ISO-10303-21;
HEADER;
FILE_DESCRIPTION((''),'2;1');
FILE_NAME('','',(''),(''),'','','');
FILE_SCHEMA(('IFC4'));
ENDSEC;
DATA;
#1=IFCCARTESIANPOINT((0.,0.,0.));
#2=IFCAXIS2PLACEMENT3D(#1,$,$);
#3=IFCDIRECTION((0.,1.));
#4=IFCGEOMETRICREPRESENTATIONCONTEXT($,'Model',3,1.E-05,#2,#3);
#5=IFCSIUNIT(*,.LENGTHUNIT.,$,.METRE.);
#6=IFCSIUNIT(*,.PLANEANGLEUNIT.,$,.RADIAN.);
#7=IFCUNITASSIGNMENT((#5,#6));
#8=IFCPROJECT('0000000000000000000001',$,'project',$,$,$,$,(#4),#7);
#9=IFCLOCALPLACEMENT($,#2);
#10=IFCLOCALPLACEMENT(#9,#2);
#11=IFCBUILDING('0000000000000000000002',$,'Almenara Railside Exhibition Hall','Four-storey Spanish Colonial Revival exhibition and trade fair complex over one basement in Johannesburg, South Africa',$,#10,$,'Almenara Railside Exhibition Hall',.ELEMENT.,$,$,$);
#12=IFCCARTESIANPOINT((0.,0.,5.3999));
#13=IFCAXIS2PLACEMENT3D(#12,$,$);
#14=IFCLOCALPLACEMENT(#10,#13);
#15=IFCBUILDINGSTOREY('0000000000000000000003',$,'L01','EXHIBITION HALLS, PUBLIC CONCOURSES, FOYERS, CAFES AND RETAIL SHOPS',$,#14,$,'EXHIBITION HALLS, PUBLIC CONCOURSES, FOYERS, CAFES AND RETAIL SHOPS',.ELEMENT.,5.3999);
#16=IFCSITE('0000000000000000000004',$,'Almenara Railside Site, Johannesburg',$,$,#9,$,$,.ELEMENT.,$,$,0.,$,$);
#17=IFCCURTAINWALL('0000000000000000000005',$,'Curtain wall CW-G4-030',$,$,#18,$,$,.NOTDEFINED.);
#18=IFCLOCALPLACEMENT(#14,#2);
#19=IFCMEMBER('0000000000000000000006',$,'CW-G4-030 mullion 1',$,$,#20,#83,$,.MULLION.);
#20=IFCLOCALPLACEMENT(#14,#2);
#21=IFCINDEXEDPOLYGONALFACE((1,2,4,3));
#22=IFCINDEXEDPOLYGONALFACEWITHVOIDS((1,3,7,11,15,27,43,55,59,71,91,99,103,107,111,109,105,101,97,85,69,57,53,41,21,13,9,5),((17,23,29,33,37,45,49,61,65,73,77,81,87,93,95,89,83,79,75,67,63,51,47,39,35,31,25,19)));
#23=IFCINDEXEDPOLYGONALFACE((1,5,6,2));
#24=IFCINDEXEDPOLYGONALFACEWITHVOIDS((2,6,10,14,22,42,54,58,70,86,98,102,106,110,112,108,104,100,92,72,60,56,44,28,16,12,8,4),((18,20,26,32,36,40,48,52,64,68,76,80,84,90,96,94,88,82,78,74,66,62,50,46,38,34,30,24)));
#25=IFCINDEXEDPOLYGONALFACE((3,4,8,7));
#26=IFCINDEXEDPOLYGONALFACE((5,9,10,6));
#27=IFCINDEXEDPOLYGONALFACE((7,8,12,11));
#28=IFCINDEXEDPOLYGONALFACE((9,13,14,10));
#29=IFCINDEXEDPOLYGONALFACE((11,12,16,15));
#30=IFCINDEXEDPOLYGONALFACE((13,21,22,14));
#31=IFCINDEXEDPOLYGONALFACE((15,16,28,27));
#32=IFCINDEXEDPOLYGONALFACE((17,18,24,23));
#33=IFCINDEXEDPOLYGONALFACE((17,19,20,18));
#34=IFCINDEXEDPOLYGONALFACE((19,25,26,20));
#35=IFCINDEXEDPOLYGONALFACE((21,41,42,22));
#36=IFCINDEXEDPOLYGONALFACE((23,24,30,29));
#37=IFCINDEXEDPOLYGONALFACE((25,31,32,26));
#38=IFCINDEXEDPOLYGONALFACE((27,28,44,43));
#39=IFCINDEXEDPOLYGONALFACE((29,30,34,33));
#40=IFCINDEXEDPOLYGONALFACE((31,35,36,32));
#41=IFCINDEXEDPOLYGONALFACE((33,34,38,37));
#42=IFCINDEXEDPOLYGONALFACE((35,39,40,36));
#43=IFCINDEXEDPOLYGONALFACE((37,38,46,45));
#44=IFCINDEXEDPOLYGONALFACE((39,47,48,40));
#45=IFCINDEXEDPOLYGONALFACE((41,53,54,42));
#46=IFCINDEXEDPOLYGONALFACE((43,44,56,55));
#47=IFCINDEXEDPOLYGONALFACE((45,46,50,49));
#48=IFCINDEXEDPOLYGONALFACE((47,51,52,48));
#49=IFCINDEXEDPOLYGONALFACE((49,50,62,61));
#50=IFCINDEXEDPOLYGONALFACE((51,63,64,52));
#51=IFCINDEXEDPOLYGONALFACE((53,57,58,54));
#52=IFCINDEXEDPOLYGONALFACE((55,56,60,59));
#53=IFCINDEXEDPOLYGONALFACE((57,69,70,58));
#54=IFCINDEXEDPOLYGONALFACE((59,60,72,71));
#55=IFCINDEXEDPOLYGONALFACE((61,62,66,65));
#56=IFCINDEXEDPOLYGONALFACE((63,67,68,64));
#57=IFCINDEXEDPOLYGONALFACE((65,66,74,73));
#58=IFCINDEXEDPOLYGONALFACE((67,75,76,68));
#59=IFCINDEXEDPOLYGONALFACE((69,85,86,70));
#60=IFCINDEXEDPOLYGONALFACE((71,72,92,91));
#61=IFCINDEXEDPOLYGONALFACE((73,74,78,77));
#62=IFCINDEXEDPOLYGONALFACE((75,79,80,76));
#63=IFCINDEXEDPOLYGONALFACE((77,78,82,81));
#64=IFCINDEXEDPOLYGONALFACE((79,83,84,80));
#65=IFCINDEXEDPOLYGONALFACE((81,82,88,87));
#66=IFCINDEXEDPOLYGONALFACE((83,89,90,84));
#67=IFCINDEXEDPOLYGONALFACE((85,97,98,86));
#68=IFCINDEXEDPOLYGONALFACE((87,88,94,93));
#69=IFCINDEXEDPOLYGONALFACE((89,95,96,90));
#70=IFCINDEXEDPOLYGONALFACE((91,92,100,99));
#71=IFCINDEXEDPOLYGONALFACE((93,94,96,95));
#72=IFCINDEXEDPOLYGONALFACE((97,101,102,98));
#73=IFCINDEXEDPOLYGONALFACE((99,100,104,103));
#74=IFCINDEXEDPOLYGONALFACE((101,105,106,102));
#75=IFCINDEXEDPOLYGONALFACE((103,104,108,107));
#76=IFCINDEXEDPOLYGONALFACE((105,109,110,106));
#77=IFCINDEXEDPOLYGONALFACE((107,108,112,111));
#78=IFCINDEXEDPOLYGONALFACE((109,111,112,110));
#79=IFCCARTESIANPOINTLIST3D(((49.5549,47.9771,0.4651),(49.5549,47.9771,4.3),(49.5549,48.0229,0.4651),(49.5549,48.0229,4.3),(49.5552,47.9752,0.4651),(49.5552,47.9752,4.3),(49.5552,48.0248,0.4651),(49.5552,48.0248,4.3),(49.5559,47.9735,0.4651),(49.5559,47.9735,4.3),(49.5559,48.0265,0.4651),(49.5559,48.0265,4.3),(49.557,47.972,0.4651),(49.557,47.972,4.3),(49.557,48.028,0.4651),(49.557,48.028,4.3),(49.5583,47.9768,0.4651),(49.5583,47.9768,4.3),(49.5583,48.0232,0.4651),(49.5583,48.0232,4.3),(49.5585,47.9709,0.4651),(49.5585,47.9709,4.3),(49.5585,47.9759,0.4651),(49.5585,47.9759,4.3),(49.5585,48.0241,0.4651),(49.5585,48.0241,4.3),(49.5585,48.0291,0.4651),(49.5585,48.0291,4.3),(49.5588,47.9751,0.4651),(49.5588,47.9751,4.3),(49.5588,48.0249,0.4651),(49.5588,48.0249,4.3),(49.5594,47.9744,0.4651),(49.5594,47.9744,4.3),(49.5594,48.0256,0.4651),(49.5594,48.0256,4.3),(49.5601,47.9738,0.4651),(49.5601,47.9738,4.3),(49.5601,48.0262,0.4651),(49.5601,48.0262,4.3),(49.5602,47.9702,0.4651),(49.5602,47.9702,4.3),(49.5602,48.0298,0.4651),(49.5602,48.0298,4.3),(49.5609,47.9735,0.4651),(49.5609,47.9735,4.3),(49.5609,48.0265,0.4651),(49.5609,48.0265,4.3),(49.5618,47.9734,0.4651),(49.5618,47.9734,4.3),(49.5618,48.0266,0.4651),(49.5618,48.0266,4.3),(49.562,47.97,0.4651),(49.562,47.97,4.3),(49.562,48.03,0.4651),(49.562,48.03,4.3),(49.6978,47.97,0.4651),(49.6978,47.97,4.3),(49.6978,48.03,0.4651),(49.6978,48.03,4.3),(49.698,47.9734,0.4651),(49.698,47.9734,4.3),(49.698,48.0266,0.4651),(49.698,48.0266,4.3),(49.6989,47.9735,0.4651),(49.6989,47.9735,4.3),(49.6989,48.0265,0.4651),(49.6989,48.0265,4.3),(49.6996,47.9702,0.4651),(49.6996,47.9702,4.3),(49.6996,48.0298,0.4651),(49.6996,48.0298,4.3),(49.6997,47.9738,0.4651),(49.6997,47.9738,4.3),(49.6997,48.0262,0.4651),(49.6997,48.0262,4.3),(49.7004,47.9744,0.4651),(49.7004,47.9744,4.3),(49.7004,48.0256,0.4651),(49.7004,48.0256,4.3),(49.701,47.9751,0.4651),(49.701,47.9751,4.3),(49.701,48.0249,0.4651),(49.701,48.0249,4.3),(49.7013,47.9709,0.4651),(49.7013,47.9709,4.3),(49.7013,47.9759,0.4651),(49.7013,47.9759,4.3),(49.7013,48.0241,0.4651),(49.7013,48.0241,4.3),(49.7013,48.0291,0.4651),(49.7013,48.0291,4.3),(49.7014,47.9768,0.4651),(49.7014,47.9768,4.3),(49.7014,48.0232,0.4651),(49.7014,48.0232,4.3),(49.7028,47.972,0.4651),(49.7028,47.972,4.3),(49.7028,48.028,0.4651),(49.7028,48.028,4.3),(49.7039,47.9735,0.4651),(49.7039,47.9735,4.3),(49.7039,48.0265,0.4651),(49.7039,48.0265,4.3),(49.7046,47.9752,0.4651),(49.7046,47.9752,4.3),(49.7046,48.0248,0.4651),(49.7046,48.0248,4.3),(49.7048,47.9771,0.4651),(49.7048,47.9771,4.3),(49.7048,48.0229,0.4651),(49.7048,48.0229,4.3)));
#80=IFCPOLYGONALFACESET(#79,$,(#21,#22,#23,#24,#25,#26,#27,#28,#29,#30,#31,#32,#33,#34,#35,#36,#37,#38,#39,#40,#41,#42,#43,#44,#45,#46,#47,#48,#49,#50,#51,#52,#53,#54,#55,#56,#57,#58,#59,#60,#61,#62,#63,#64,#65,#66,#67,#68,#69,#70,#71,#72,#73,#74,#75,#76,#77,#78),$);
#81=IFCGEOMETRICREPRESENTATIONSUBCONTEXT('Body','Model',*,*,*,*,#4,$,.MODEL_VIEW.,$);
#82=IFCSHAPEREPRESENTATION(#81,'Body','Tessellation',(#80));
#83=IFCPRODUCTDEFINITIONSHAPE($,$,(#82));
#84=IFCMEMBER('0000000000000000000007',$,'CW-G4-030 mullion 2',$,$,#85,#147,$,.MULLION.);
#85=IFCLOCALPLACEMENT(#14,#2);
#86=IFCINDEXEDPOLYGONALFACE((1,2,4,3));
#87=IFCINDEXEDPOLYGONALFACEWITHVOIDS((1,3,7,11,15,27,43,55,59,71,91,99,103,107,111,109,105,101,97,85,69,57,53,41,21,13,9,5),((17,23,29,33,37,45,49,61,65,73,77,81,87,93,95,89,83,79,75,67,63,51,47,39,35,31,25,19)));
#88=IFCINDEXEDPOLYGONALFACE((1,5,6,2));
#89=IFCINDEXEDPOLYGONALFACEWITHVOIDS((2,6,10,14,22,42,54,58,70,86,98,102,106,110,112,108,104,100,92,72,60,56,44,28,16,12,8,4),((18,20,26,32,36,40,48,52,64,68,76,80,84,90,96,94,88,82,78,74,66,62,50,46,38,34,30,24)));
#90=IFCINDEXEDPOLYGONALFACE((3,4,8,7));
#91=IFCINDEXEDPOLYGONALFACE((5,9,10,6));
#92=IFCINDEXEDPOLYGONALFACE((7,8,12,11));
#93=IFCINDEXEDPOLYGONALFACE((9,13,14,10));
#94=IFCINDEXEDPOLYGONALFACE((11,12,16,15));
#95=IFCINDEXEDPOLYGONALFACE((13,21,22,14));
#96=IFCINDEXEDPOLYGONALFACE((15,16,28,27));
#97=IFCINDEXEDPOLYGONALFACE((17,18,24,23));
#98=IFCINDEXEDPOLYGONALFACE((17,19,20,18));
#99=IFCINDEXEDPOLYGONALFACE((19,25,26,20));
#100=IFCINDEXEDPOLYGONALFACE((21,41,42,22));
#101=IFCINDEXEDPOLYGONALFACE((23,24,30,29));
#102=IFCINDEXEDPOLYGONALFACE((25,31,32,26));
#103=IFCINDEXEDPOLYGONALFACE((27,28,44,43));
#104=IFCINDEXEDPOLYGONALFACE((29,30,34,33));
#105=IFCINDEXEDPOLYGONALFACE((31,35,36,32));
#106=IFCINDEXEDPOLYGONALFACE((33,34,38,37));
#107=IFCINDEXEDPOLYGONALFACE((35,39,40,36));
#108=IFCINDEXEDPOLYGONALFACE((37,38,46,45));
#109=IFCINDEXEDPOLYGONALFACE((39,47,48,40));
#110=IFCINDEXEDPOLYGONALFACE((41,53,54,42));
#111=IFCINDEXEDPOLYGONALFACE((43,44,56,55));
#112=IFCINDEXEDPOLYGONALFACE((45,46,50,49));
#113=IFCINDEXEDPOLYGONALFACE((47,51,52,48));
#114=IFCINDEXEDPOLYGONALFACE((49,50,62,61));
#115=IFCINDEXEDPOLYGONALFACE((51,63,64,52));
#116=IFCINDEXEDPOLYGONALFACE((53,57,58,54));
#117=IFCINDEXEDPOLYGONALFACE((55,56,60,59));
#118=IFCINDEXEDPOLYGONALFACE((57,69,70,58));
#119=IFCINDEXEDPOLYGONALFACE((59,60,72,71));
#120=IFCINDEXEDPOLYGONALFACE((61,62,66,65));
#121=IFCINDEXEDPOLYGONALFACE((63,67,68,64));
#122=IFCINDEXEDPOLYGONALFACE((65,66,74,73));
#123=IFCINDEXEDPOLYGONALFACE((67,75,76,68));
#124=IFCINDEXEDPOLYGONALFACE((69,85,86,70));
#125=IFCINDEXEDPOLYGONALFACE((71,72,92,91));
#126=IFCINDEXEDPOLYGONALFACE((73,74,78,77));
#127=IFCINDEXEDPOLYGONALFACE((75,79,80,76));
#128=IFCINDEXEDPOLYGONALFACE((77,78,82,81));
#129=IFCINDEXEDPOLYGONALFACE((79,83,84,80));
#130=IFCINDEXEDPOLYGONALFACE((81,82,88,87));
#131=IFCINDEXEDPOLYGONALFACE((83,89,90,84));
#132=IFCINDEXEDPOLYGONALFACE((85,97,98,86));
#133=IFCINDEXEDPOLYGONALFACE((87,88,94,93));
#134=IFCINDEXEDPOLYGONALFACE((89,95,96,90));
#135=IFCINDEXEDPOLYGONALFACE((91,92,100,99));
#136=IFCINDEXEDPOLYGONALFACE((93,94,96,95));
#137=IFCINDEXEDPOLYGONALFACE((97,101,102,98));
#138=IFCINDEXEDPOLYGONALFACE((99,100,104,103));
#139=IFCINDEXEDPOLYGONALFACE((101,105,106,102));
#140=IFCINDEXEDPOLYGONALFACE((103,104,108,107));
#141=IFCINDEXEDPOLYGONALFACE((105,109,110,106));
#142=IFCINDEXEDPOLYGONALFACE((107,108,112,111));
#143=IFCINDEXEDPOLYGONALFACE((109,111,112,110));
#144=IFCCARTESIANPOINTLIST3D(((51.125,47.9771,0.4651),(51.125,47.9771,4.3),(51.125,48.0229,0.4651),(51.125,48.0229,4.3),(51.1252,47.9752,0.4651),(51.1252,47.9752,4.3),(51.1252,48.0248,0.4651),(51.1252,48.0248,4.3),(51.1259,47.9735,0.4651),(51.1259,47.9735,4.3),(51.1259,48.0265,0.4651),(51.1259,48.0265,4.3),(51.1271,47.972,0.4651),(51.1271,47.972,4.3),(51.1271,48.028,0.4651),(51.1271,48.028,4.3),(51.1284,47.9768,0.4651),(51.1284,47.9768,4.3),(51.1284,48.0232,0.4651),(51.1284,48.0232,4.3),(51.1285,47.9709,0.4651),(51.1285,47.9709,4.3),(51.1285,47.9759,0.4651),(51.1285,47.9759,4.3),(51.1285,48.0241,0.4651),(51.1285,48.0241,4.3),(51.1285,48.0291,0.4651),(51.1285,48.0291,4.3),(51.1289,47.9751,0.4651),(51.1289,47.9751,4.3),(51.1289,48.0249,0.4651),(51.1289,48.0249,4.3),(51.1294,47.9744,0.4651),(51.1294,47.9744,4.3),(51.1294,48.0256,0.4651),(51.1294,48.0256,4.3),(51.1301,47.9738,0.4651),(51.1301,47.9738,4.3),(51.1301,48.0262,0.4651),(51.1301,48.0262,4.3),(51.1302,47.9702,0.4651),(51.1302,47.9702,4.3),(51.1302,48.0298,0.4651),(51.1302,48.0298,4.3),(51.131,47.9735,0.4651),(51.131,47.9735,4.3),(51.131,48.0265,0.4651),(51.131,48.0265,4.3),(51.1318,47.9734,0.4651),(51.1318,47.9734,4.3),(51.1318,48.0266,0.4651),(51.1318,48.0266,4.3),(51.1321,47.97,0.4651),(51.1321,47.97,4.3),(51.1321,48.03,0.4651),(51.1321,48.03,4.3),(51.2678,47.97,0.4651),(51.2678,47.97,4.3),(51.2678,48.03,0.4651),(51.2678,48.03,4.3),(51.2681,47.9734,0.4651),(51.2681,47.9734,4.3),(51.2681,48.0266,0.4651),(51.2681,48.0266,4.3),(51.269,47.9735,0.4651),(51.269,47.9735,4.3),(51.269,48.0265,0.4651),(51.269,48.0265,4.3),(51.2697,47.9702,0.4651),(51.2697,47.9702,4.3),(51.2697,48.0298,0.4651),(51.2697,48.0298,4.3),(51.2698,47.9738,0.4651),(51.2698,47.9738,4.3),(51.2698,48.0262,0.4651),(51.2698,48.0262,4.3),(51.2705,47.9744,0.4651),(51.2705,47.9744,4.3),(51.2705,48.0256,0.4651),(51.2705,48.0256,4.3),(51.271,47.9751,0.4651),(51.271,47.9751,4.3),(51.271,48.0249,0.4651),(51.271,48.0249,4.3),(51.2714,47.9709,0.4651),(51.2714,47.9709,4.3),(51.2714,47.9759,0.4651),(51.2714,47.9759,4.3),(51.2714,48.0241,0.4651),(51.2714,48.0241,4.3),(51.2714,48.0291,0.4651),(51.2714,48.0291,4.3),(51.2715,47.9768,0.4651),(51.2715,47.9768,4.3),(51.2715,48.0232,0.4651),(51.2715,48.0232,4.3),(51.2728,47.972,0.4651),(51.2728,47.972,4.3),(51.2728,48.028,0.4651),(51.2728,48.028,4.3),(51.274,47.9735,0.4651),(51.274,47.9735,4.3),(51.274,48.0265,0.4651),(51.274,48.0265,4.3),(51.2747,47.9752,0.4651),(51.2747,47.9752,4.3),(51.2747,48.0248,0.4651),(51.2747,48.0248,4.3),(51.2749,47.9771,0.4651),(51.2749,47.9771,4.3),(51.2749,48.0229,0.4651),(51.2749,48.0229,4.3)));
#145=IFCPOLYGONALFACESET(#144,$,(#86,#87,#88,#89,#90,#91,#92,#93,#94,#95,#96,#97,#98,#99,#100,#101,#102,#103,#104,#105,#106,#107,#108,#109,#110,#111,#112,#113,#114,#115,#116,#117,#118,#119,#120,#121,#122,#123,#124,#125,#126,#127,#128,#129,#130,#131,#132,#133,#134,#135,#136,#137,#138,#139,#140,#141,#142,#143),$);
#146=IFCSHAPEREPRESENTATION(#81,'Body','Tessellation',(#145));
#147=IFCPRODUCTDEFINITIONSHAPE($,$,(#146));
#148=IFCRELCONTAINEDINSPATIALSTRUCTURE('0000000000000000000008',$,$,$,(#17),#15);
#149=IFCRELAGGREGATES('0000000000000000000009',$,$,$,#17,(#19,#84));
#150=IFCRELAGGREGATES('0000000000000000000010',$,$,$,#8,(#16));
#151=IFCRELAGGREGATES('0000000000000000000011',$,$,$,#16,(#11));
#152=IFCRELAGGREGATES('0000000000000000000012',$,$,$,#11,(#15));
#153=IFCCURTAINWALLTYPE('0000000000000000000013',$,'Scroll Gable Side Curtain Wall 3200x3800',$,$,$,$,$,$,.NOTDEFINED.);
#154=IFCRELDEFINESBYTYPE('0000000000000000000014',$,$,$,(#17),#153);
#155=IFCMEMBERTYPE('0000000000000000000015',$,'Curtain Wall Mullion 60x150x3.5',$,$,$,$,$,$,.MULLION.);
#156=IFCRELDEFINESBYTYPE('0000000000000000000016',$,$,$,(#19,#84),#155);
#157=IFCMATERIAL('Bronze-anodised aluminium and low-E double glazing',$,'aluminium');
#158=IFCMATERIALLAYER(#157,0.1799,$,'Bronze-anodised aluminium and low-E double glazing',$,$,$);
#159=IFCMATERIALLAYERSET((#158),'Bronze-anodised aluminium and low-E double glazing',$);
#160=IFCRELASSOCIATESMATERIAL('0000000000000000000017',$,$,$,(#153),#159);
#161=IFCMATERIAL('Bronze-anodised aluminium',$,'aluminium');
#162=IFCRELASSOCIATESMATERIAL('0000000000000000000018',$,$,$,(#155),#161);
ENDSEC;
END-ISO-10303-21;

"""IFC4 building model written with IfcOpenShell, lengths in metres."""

from ifc_helpers import new_model, si_unit, direction, frame, origin, origin_2d, place, context, subcontext, project, spatial, hollow_rectangle, extrude, material, layer, layer_set, material_profile, profile_set, type_object, element, aggregate, save


model = new_model("IFC4")

# Units and contexts
model_context = context("Model", 3, precision=1e-05, world=origin(), true_north=direction((0.0, 1.0)))
body_context = subcontext(model_context, "Body", "Model", "MODEL_VIEW")
ifc_project = project(units=[si_unit("LENGTHUNIT", "METRE"), si_unit("PLANEANGLEUNIT", "RADIAN")], contexts=[model_context])

# Site, building, storey
site_placement = place(None, origin())
site = spatial("IfcSite", under=ifc_project, at=site_placement, Name="Almenara Railside Site, Johannesburg", CompositionType="ELEMENT", RefElevation=0.0)
building_placement = place(site_placement, origin())
building = spatial("IfcBuilding", under=site, at=building_placement, Name="Almenara Railside Exhibition Hall", Description="Four-storey Spanish Colonial Revival exhibition and trade fair complex over one basement in Johannesburg, South Africa", LongName="Almenara Railside Exhibition Hall", CompositionType="ELEMENT")
storey_placement = place(building_placement, frame((0.0, 0.0, 5.3999)))
storey = spatial("IfcBuildingStorey", under=building, at=storey_placement, Name="L01", Description="EXHIBITION HALLS, PUBLIC CONCOURSES, FOYERS, CAFES AND RETAIL SHOPS", LongName="EXHIBITION HALLS, PUBLIC CONCOURSES, FOYERS, CAFES AND RETAIL SHOPS", CompositionType="ELEMENT", Elevation=5.3999)

# Curtain wall, members
ifc_material_1 = material(Name="Bronze-anodised aluminium and low-E double glazing", Category="aluminium")
ifc_layer_1 = layer(ifc_material_1, 0.1799, Name="Bronze-anodised aluminium and low-E double glazing")
ifc_layer_set_1 = layer_set([ifc_layer_1], Name="Bronze-anodised aluminium and low-E double glazing")
curtain_wall_type_1 = type_object("IfcCurtainWallType", Name="Scroll Gable Side Curtain Wall 3200x3800", PredefinedType="NOTDEFINED", material=ifc_layer_set_1)
curtain_wall_1_placement = place(storey_placement, origin())
curtain_wall_1 = element("IfcCurtainWall", 1, at=curtain_wall_1_placement, inside=storey, type_object=curtain_wall_type_1, Name="Curtain wall CW-G4-030", PredefinedType="NOTDEFINED")
ifc_material_2 = material(Name="Bronze-anodised aluminium", Category="aluminium")
ifc_material_profile_1 = material_profile(ifc_material_2, hollow_rectangle(XDim=0.0601, YDim=0.1499, WallThickness=0.0034, InnerFilletRadius=0.0034, OuterFilletRadius=0.0071, at=origin_2d()), Name="ALU-MUL 60x150x3.5")
ifc_profile_set_1 = profile_set([ifc_material_profile_1], Name="Bronze-anodised aluminium")
member_type_1 = type_object("IfcMemberType", Name="Curtain Wall Mullion 60x150x3.5", PredefinedType="MULLION", material=ifc_profile_set_1)
member_1_placement = place(storey_placement, frame((49.6299, 48.0, 0.4651), z_axis=(0.0, 0.0, 1.0), x_axis=(0.0, 1.0, 0.0)))
member_1 = element("IfcMember", 2, at=member_1_placement, type_object=member_type_1, Name="CW-G4-030 mullion 1", PredefinedType="MULLION", context=body_context, shape_type="SweptSolid", body=[
    extrude(hollow_rectangle(XDim=0.0601, YDim=0.1499, WallThickness=0.0034, InnerFilletRadius=0.0034, OuterFilletRadius=0.0071, at=origin_2d()), origin(), (0.0, 0.0, 1.0), 3.835),
])
member_2_placement = place(storey_placement, frame((51.2, 48.0, 0.4651), z_axis=(0.0, 0.0, 1.0), x_axis=(0.0, 1.0, 0.0)))
member_2 = element("IfcMember", 3, at=member_2_placement, type_object=member_type_1, Name="CW-G4-030 mullion 2", PredefinedType="MULLION", context=body_context, shape_type="SweptSolid", body=[
    extrude(hollow_rectangle(XDim=0.0601, YDim=0.1499, WallThickness=0.0034, InnerFilletRadius=0.0034, OuterFilletRadius=0.0071, at=origin_2d()), origin(), (0.0, 0.0, 1.0), 3.835),
])

aggregate(curtain_wall_1, [member_1, member_2])

save(model, "model.ifc")
